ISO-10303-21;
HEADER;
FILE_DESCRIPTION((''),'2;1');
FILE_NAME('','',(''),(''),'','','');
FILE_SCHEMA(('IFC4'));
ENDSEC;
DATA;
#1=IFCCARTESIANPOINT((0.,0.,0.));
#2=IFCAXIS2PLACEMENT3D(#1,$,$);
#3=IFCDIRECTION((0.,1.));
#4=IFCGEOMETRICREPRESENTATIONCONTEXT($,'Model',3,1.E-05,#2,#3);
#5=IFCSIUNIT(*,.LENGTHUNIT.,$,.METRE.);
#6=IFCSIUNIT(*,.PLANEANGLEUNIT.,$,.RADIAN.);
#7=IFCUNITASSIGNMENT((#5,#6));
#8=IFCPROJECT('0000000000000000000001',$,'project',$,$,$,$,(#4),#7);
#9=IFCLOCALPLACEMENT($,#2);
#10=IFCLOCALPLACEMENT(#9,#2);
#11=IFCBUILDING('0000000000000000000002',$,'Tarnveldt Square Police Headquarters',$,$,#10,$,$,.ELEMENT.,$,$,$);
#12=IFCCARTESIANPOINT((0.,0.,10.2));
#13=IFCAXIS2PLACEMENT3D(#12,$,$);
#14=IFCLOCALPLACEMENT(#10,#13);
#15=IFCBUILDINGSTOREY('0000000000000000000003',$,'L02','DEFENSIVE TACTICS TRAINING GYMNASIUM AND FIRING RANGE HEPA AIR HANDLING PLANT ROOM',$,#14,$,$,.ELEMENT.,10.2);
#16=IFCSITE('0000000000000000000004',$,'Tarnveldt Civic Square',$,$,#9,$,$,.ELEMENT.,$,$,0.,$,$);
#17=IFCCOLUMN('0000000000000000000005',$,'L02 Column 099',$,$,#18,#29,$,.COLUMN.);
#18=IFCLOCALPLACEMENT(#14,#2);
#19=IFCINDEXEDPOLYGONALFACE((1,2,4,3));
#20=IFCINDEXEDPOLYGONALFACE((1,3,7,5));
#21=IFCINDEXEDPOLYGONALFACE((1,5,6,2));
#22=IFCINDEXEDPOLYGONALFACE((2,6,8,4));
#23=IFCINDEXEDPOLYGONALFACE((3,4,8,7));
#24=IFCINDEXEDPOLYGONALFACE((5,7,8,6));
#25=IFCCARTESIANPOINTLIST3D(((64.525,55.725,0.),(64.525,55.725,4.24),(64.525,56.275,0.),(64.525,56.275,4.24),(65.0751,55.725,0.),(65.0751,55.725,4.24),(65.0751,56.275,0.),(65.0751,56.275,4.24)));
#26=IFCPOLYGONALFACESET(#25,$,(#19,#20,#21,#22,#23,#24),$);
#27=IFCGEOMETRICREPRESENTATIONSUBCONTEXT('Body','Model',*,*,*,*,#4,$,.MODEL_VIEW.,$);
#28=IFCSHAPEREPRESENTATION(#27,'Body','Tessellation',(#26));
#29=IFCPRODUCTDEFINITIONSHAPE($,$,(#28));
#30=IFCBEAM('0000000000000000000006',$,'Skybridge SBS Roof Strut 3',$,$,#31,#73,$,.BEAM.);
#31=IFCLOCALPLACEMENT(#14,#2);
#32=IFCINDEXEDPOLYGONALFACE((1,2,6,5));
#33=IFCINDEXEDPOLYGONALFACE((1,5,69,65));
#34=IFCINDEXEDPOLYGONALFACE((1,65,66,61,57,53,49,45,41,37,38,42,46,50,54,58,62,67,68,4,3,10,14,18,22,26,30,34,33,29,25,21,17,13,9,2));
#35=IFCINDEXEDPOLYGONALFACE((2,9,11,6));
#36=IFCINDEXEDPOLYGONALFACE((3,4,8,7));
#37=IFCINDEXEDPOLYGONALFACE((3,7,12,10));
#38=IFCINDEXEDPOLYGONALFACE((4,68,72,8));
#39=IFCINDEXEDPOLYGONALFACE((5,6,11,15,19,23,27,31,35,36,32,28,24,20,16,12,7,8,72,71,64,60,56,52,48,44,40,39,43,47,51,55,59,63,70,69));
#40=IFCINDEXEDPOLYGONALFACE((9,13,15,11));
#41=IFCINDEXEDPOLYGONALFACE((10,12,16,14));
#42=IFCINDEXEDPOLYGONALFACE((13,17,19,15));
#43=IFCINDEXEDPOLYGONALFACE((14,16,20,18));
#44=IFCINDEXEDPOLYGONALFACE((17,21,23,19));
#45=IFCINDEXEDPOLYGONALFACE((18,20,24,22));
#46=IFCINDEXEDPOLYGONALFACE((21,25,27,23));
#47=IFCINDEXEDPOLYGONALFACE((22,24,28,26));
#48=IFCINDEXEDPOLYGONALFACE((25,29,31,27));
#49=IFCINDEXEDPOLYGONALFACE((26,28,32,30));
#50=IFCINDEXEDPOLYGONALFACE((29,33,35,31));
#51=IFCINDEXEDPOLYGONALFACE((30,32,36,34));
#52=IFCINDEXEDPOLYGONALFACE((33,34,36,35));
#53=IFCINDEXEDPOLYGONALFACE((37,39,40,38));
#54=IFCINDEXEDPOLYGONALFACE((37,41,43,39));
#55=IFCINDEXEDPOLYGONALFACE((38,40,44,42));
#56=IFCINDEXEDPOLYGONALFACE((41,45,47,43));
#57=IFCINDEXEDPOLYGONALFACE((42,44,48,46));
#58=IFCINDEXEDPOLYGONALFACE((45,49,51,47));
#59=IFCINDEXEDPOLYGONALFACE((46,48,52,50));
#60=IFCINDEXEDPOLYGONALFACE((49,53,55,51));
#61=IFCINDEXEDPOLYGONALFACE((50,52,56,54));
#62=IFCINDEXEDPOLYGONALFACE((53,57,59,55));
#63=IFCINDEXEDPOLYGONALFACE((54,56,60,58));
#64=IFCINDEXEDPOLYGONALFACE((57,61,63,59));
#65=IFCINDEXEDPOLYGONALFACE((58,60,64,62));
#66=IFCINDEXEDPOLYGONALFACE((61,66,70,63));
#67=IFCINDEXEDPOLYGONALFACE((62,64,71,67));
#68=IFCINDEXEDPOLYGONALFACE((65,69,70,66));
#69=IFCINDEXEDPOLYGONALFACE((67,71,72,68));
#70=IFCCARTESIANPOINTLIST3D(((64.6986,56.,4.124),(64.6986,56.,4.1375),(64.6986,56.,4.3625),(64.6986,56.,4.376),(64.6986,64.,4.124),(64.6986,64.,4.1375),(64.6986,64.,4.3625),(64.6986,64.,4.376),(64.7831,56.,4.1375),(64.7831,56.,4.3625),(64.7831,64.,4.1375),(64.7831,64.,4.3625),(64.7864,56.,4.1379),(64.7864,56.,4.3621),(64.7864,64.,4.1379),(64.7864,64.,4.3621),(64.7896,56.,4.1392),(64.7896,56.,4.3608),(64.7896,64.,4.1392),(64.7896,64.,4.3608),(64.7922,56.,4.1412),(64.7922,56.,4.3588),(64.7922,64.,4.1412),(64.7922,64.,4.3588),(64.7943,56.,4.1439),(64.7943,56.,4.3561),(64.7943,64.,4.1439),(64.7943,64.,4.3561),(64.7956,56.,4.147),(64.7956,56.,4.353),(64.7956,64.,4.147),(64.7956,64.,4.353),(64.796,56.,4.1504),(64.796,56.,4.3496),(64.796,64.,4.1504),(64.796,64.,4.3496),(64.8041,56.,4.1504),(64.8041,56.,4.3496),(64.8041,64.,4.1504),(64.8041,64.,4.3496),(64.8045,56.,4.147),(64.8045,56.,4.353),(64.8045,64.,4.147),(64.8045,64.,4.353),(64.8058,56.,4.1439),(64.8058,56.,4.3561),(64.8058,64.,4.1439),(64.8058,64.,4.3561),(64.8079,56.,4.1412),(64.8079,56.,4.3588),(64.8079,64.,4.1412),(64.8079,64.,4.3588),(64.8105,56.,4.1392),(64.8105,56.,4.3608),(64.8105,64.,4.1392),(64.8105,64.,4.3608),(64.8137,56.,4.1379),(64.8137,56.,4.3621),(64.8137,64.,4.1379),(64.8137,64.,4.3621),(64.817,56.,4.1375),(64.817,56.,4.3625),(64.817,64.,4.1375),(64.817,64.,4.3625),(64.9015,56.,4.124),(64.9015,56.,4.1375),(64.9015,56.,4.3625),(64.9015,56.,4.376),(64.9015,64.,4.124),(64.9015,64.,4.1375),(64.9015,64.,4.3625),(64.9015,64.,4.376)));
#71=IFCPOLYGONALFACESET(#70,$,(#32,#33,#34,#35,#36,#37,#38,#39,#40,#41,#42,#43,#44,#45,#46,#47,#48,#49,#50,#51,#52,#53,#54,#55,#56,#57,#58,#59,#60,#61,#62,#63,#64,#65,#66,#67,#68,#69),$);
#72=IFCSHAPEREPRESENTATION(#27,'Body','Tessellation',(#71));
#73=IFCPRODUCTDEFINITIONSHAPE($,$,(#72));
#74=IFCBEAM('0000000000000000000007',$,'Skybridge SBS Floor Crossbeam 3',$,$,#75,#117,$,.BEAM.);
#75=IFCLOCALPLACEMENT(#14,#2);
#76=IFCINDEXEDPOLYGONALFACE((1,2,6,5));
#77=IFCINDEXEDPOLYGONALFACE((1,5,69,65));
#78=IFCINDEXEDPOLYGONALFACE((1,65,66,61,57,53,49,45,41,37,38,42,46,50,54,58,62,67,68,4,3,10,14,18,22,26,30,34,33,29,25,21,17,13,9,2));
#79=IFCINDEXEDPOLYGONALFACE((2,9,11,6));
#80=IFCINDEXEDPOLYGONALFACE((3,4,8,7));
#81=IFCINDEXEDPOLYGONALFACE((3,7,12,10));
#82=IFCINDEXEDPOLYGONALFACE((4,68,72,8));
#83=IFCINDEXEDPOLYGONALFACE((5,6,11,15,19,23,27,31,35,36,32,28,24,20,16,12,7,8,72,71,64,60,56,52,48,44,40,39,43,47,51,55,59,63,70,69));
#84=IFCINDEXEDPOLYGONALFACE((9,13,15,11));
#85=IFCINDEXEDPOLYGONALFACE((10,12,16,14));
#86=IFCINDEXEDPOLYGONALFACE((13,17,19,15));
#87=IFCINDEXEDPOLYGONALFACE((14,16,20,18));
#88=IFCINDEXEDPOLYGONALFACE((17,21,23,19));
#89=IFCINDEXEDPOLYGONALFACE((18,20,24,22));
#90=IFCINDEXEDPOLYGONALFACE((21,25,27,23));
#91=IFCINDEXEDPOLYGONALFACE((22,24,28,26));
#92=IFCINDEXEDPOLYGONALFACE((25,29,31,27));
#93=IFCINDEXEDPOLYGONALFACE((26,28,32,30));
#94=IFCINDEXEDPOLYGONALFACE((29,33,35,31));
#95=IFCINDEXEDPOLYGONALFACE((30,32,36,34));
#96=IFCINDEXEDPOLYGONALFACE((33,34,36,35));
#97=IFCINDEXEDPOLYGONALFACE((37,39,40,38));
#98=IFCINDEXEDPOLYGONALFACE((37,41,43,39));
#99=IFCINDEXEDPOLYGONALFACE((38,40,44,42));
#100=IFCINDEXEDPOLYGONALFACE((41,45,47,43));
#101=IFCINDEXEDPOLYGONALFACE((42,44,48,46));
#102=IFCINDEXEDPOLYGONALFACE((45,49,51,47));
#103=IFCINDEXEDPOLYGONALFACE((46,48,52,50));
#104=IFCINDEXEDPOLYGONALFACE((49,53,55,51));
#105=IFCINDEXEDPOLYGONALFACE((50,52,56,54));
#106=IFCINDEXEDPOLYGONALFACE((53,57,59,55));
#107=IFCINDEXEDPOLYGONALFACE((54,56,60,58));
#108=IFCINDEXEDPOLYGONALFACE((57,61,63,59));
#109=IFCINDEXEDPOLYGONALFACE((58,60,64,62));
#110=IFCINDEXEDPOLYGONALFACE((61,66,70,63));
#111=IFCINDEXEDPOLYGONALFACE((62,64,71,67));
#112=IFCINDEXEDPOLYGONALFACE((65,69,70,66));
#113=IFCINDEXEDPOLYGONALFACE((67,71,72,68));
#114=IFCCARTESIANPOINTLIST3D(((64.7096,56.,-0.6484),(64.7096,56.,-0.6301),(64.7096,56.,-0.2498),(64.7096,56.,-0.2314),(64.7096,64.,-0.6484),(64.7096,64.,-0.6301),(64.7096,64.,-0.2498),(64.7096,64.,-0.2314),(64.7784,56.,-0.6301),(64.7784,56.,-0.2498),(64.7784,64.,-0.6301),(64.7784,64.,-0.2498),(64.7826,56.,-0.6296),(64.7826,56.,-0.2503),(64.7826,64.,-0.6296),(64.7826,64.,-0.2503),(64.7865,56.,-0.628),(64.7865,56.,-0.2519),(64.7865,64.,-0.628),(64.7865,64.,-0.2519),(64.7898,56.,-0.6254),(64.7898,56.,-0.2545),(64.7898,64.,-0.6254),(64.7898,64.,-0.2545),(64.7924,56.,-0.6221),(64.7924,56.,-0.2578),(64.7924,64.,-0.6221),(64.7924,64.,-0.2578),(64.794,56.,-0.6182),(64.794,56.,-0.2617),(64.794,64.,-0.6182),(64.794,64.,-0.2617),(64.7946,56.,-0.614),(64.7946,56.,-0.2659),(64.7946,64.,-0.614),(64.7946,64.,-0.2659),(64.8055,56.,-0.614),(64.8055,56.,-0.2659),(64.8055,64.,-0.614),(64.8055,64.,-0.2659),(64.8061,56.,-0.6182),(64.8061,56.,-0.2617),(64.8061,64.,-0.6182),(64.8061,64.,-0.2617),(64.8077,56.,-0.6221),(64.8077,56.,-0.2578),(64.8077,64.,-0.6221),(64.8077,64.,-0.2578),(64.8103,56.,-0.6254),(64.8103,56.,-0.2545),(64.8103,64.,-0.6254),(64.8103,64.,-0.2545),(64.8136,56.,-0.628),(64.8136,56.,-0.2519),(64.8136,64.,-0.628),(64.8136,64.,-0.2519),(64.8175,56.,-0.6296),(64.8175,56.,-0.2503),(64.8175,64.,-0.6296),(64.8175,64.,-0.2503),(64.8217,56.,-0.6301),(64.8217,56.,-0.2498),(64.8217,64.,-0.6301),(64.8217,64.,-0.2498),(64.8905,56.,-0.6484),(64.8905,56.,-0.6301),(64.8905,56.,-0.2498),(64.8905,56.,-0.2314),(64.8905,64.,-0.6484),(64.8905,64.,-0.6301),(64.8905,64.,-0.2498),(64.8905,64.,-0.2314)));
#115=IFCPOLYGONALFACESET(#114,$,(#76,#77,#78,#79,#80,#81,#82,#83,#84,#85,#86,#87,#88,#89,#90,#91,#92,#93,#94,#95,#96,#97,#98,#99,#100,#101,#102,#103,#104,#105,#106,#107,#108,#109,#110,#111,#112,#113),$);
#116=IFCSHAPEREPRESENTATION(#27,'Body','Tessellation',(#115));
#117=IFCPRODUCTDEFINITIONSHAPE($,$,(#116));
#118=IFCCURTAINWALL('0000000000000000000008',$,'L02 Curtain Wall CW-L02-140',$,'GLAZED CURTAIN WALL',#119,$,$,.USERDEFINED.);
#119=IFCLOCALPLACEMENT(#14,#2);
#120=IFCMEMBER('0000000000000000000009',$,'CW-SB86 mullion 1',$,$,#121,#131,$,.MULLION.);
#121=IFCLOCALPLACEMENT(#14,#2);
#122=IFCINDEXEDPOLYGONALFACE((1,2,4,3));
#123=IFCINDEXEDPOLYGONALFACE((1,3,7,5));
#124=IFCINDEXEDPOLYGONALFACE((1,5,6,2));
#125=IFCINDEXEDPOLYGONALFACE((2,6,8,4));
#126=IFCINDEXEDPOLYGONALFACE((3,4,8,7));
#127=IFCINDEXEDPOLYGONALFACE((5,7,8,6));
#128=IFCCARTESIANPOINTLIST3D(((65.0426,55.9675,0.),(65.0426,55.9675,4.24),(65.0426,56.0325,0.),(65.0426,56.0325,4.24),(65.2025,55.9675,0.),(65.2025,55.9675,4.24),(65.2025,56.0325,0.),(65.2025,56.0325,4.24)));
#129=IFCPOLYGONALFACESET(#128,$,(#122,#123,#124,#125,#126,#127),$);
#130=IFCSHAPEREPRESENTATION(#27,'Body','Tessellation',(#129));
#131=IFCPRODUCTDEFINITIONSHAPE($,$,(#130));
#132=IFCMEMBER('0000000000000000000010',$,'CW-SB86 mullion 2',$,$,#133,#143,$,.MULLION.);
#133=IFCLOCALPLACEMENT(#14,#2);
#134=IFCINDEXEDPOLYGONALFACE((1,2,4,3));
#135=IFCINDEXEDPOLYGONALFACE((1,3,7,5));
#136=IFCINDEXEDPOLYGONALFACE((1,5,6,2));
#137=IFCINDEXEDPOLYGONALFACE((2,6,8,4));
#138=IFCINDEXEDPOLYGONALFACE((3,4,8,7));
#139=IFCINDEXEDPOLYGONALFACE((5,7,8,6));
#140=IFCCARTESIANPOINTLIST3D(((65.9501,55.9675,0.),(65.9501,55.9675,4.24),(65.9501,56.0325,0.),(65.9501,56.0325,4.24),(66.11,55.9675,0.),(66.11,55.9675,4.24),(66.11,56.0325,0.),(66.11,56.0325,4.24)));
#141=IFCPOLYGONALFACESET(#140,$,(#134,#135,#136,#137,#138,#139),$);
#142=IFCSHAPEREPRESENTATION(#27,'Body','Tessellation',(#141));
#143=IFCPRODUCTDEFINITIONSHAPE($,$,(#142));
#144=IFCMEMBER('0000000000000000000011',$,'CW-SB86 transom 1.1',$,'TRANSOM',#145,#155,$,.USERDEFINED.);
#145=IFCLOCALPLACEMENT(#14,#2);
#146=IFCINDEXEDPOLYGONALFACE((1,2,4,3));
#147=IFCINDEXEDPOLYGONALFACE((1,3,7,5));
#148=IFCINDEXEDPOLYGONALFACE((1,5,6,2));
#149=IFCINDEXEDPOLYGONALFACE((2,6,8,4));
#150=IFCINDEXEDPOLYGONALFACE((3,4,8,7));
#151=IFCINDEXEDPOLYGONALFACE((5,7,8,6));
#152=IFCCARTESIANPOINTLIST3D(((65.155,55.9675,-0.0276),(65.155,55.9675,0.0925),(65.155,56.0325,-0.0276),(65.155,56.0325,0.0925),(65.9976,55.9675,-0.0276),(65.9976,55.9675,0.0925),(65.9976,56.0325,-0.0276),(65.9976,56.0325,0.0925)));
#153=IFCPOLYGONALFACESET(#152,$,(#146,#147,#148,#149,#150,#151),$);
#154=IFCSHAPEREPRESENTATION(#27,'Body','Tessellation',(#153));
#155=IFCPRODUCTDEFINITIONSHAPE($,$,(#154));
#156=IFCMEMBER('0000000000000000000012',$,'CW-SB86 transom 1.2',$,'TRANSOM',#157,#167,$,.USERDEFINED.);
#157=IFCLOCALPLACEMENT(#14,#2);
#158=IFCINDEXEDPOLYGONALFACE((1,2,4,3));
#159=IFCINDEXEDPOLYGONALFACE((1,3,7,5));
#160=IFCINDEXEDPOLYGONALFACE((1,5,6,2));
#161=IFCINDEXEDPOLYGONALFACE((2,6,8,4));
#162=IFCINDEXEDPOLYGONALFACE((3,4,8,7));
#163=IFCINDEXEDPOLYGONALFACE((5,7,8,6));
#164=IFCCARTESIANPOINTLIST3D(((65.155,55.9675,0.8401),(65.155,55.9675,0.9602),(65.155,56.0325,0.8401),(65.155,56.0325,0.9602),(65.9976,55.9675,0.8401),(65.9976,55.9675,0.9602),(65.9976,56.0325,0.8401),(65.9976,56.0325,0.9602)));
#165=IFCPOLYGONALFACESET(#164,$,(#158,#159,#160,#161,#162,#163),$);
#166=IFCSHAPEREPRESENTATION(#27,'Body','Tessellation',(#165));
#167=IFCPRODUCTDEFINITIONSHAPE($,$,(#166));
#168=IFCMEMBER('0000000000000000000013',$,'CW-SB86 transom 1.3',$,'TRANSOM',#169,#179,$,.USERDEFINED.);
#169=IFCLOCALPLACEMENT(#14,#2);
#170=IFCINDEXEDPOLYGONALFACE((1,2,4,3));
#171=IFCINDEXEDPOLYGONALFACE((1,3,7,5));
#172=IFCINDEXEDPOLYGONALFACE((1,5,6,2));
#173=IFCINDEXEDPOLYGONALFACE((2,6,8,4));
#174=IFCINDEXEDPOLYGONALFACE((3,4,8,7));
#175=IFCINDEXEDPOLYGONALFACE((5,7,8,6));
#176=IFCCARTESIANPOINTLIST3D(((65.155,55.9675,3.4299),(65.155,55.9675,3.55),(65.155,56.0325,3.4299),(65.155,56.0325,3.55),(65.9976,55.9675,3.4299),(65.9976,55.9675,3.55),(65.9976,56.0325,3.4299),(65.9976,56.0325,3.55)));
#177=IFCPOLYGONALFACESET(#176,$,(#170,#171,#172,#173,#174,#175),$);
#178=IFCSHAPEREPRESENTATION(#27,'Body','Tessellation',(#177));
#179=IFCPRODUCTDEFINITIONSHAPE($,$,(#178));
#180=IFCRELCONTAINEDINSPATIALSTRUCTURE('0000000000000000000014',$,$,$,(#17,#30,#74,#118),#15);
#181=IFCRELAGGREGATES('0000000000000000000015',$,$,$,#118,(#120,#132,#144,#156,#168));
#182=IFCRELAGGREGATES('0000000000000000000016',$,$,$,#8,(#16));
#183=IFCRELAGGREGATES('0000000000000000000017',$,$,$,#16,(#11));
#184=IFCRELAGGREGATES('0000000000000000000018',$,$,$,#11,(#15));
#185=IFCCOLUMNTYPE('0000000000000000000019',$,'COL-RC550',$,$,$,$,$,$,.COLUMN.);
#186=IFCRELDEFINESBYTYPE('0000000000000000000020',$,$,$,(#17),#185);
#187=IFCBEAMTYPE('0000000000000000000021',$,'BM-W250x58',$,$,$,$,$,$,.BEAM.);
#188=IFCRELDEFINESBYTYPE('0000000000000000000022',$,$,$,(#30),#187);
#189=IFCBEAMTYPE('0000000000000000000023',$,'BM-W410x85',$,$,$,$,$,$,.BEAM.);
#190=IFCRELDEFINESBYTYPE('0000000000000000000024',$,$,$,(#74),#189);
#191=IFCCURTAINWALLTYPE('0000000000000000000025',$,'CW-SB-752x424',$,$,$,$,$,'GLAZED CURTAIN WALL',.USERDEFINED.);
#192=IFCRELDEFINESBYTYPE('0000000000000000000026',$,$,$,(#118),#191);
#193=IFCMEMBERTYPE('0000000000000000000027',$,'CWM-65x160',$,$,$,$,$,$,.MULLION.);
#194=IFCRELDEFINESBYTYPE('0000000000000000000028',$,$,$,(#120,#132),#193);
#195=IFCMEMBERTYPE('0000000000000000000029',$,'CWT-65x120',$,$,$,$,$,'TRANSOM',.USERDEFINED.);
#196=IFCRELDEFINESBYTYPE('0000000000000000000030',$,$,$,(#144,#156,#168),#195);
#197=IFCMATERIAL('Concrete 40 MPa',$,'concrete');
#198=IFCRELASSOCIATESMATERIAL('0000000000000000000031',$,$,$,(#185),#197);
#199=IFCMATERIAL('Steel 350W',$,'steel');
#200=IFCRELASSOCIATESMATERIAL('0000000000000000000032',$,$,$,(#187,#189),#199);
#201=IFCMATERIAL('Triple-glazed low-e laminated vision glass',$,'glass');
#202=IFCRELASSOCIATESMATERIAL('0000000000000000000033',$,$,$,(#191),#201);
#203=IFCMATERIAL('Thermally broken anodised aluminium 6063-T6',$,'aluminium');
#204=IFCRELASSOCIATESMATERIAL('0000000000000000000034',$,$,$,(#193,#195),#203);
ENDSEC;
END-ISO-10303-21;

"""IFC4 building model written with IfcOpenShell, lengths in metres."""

from ifc_helpers import new_model, si_unit, direction, frame, origin, origin_2d, place, context, subcontext, project, spatial, rectangle, i_section, extrude, material, material_profile, profile_set, type_object, element, aggregate, save


model = new_model("IFC4")

# Units and contexts
model_context = context("Model", 3, precision=1e-05, world=origin(), true_north=direction((0.0, 1.0)))
body_context = subcontext(model_context, "Body", "Model", "MODEL_VIEW")
ifc_project = project(units=[si_unit("LENGTHUNIT", "METRE"), si_unit("PLANEANGLEUNIT", "RADIAN")], contexts=[model_context])

# Site, building, storey
site_placement = place(None, origin())
site = spatial("IfcSite", under=ifc_project, at=site_placement, Name="Tarnveldt Civic Square", CompositionType="ELEMENT", RefElevation=0.0)
building_placement = place(site_placement, origin())
building = spatial("IfcBuilding", under=site, at=building_placement, Name="Tarnveldt Square Police Headquarters", CompositionType="ELEMENT")
storey_placement = place(building_placement, frame((0.0, 0.0, 10.2)))
storey = spatial("IfcBuildingStorey", under=building, at=storey_placement, Name="L02", Description="DEFENSIVE TACTICS TRAINING GYMNASIUM AND FIRING RANGE HEPA AIR HANDLING PLANT ROOM", CompositionType="ELEMENT", Elevation=10.2)

# Column
ifc_material_1 = material(Name="Concrete 40 MPa", Category="concrete")
ifc_material_profile_1 = material_profile(ifc_material_1, rectangle(XDim=0.55, YDim=0.55, at=origin_2d()), Name="RC-C550x550")
ifc_profile_set_1 = profile_set([ifc_material_profile_1], Name="Concrete 40 MPa")
column_type = type_object("IfcColumnType", Name="COL-RC550", PredefinedType="COLUMN", material=ifc_profile_set_1)
column_placement = place(storey_placement, frame((64.8, 56.0, 0.0), z_axis=(0.0, 0.0, 1.0), x_axis=(1.0, 0.0, 0.0)))
element("IfcColumn", 1, at=column_placement, inside=storey, type_object=column_type, Name="L02 Column 099", PredefinedType="COLUMN", context=body_context, shape_type="SweptSolid", body=[
    extrude(rectangle(XDim=0.55, YDim=0.55, at=origin_2d()), origin(), (0.0, 0.0, 1.0), 4.24),
])

# Beams
ifc_material_2 = material(Name="Steel 350W", Category="steel")
ifc_material_profile_2 = material_profile(ifc_material_2, i_section(OverallWidth=0.2029, OverallDepth=0.252, WebThickness=0.0081, FlangeThickness=0.0134, FilletRadius=0.0129, at=origin_2d()), Name="W250x58")
ifc_profile_set_2 = profile_set([ifc_material_profile_2], Name="Steel 350W")
beam_type_1 = type_object("IfcBeamType", Name="BM-W250x58", PredefinedType="BEAM", material=ifc_profile_set_2)
beam_1_placement = place(storey_placement, frame((64.8, 56.0, 4.25), z_axis=(0.0, 1.0, 0.0), x_axis=(-1.0, 0.0, 0.0)))
element("IfcBeam", 2, at=beam_1_placement, inside=storey, type_object=beam_type_1, Name="Skybridge SBS Roof Strut 3", PredefinedType="BEAM", context=body_context, shape_type="SweptSolid", body=[
    extrude(i_section(OverallWidth=0.2029, OverallDepth=0.252, WebThickness=0.0081, FlangeThickness=0.0134, FilletRadius=0.0129, at=origin_2d()), origin(), (0.0, 0.0, 1.0), 8.0),
])
ifc_material_profile_3 = material_profile(ifc_material_2, i_section(OverallWidth=0.1809, OverallDepth=0.417, WebThickness=0.011, FlangeThickness=0.0183, FilletRadius=0.0161, at=origin_2d()), Name="W410x85")
ifc_profile_set_3 = profile_set([ifc_material_profile_3], Name="Steel 350W")
beam_type_2 = type_object("IfcBeamType", Name="BM-W410x85", PredefinedType="BEAM", material=ifc_profile_set_3)
beam_2_placement = place(storey_placement, frame((64.8, 56.0, -0.4399), z_axis=(0.0, 1.0, 0.0), x_axis=(-1.0, 0.0, 0.0)))
element("IfcBeam", 3, at=beam_2_placement, inside=storey, type_object=beam_type_2, Name="Skybridge SBS Floor Crossbeam 3", PredefinedType="BEAM", context=body_context, shape_type="SweptSolid", body=[
    extrude(i_section(OverallWidth=0.1809, OverallDepth=0.417, WebThickness=0.011, FlangeThickness=0.0183, FilletRadius=0.0161, at=origin_2d()), origin(), (0.0, 0.0, 1.0), 8.0),
])

# Curtain wall, members
ifc_material_3 = material(Name="Triple-glazed low-e laminated vision glass", Category="glass")
curtain_wall_type = type_object("IfcCurtainWallType", Name="CW-SB-752x424", ElementType="GLAZED CURTAIN WALL", PredefinedType="USERDEFINED", material=ifc_material_3)
curtain_wall_placement = place(storey_placement, origin())
curtain_wall = element("IfcCurtainWall", 4, at=curtain_wall_placement, inside=storey, type_object=curtain_wall_type, Name="L02 Curtain Wall CW-L02-140", ObjectType="GLAZED CURTAIN WALL", PredefinedType="USERDEFINED")
ifc_material_4 = material(Name="Thermally broken anodised aluminium 6063-T6", Category="aluminium")
ifc_material_profile_4 = material_profile(ifc_material_4, rectangle(XDim=0.0649, YDim=0.1599, at=origin_2d()), Name="CW-M65x160")
ifc_profile_set_4 = profile_set([ifc_material_profile_4], Name="Thermally broken anodised aluminium 6063-T6")
member_type_1 = type_object("IfcMemberType", Name="CWM-65x160", PredefinedType="MULLION", material=ifc_profile_set_4)
member_1_placement = place(storey_placement, frame((65.1226, 56.0, 0.0), z_axis=(0.0, 0.0, 1.0), x_axis=(0.0, 1.0, 0.0)))
member_1 = element("IfcMember", 5, at=member_1_placement, type_object=member_type_1, Name="CW-SB86 mullion 1", PredefinedType="MULLION", context=body_context, shape_type="SweptSolid", body=[
    extrude(rectangle(XDim=0.0649, YDim=0.1599, at=origin_2d()), origin(), (0.0, 0.0, 1.0), 4.24),
])
member_2_placement = place(storey_placement, frame((66.03, 56.0, 0.0), z_axis=(0.0, 0.0, 1.0), x_axis=(0.0, 1.0, 0.0)))
member_2 = element("IfcMember", 6, at=member_2_placement, type_object=member_type_1, Name="CW-SB86 mullion 2", PredefinedType="MULLION", context=body_context, shape_type="SweptSolid", body=[
    extrude(rectangle(XDim=0.0649, YDim=0.1599, at=origin_2d()), origin(), (0.0, 0.0, 1.0), 4.24),
])
ifc_material_profile_5 = material_profile(ifc_material_4, rectangle(XDim=0.0649, YDim=0.1201, at=origin_2d()), Name="CW-T65x120")
ifc_profile_set_5 = profile_set([ifc_material_profile_5], Name="Thermally broken anodised aluminium 6063-T6")
member_type_2 = type_object("IfcMemberType", Name="CWT-65x120", ElementType="TRANSOM", PredefinedType="USERDEFINED", material=ifc_profile_set_5)
member_3_placement = place(storey_placement, frame((65.155, 56.0, 0.0325), z_axis=(1.0, 0.0, 0.0), x_axis=(0.0, 1.0, 0.0)))
member_3 = element("IfcMember", 7, at=member_3_placement, type_object=member_type_2, Name="CW-SB86 transom 1.1", ObjectType="TRANSOM", PredefinedType="USERDEFINED", context=body_context, shape_type="SweptSolid", body=[
    extrude(rectangle(XDim=0.0649, YDim=0.1201, at=origin_2d()), origin(), (0.0, 0.0, 1.0), 0.8425),
])
member_4_placement = place(storey_placement, frame((65.155, 56.0, 0.9001), z_axis=(1.0, 0.0, 0.0), x_axis=(0.0, 1.0, 0.0)))
member_4 = element("IfcMember", 8, at=member_4_placement, type_object=member_type_2, Name="CW-SB86 transom 1.2", ObjectType="TRANSOM", PredefinedType="USERDEFINED", context=body_context, shape_type="SweptSolid", body=[
    extrude(rectangle(XDim=0.0649, YDim=0.1201, at=origin_2d()), origin(), (0.0, 0.0, 1.0), 0.8425),
])
member_5_placement = place(storey_placement, frame((65.155, 56.0, 3.49), z_axis=(1.0, 0.0, 0.0), x_axis=(0.0, 1.0, 0.0)))
member_5 = element("IfcMember", 9, at=member_5_placement, type_object=member_type_2, Name="CW-SB86 transom 1.3", ObjectType="TRANSOM", PredefinedType="USERDEFINED", context=body_context, shape_type="SweptSolid", body=[
    extrude(rectangle(XDim=0.0649, YDim=0.1201, at=origin_2d()), origin(), (0.0, 0.0, 1.0), 0.8425),
])

aggregate(curtain_wall, [member_1, member_2, member_3, member_4, member_5])

save(model, "model.ifc")
